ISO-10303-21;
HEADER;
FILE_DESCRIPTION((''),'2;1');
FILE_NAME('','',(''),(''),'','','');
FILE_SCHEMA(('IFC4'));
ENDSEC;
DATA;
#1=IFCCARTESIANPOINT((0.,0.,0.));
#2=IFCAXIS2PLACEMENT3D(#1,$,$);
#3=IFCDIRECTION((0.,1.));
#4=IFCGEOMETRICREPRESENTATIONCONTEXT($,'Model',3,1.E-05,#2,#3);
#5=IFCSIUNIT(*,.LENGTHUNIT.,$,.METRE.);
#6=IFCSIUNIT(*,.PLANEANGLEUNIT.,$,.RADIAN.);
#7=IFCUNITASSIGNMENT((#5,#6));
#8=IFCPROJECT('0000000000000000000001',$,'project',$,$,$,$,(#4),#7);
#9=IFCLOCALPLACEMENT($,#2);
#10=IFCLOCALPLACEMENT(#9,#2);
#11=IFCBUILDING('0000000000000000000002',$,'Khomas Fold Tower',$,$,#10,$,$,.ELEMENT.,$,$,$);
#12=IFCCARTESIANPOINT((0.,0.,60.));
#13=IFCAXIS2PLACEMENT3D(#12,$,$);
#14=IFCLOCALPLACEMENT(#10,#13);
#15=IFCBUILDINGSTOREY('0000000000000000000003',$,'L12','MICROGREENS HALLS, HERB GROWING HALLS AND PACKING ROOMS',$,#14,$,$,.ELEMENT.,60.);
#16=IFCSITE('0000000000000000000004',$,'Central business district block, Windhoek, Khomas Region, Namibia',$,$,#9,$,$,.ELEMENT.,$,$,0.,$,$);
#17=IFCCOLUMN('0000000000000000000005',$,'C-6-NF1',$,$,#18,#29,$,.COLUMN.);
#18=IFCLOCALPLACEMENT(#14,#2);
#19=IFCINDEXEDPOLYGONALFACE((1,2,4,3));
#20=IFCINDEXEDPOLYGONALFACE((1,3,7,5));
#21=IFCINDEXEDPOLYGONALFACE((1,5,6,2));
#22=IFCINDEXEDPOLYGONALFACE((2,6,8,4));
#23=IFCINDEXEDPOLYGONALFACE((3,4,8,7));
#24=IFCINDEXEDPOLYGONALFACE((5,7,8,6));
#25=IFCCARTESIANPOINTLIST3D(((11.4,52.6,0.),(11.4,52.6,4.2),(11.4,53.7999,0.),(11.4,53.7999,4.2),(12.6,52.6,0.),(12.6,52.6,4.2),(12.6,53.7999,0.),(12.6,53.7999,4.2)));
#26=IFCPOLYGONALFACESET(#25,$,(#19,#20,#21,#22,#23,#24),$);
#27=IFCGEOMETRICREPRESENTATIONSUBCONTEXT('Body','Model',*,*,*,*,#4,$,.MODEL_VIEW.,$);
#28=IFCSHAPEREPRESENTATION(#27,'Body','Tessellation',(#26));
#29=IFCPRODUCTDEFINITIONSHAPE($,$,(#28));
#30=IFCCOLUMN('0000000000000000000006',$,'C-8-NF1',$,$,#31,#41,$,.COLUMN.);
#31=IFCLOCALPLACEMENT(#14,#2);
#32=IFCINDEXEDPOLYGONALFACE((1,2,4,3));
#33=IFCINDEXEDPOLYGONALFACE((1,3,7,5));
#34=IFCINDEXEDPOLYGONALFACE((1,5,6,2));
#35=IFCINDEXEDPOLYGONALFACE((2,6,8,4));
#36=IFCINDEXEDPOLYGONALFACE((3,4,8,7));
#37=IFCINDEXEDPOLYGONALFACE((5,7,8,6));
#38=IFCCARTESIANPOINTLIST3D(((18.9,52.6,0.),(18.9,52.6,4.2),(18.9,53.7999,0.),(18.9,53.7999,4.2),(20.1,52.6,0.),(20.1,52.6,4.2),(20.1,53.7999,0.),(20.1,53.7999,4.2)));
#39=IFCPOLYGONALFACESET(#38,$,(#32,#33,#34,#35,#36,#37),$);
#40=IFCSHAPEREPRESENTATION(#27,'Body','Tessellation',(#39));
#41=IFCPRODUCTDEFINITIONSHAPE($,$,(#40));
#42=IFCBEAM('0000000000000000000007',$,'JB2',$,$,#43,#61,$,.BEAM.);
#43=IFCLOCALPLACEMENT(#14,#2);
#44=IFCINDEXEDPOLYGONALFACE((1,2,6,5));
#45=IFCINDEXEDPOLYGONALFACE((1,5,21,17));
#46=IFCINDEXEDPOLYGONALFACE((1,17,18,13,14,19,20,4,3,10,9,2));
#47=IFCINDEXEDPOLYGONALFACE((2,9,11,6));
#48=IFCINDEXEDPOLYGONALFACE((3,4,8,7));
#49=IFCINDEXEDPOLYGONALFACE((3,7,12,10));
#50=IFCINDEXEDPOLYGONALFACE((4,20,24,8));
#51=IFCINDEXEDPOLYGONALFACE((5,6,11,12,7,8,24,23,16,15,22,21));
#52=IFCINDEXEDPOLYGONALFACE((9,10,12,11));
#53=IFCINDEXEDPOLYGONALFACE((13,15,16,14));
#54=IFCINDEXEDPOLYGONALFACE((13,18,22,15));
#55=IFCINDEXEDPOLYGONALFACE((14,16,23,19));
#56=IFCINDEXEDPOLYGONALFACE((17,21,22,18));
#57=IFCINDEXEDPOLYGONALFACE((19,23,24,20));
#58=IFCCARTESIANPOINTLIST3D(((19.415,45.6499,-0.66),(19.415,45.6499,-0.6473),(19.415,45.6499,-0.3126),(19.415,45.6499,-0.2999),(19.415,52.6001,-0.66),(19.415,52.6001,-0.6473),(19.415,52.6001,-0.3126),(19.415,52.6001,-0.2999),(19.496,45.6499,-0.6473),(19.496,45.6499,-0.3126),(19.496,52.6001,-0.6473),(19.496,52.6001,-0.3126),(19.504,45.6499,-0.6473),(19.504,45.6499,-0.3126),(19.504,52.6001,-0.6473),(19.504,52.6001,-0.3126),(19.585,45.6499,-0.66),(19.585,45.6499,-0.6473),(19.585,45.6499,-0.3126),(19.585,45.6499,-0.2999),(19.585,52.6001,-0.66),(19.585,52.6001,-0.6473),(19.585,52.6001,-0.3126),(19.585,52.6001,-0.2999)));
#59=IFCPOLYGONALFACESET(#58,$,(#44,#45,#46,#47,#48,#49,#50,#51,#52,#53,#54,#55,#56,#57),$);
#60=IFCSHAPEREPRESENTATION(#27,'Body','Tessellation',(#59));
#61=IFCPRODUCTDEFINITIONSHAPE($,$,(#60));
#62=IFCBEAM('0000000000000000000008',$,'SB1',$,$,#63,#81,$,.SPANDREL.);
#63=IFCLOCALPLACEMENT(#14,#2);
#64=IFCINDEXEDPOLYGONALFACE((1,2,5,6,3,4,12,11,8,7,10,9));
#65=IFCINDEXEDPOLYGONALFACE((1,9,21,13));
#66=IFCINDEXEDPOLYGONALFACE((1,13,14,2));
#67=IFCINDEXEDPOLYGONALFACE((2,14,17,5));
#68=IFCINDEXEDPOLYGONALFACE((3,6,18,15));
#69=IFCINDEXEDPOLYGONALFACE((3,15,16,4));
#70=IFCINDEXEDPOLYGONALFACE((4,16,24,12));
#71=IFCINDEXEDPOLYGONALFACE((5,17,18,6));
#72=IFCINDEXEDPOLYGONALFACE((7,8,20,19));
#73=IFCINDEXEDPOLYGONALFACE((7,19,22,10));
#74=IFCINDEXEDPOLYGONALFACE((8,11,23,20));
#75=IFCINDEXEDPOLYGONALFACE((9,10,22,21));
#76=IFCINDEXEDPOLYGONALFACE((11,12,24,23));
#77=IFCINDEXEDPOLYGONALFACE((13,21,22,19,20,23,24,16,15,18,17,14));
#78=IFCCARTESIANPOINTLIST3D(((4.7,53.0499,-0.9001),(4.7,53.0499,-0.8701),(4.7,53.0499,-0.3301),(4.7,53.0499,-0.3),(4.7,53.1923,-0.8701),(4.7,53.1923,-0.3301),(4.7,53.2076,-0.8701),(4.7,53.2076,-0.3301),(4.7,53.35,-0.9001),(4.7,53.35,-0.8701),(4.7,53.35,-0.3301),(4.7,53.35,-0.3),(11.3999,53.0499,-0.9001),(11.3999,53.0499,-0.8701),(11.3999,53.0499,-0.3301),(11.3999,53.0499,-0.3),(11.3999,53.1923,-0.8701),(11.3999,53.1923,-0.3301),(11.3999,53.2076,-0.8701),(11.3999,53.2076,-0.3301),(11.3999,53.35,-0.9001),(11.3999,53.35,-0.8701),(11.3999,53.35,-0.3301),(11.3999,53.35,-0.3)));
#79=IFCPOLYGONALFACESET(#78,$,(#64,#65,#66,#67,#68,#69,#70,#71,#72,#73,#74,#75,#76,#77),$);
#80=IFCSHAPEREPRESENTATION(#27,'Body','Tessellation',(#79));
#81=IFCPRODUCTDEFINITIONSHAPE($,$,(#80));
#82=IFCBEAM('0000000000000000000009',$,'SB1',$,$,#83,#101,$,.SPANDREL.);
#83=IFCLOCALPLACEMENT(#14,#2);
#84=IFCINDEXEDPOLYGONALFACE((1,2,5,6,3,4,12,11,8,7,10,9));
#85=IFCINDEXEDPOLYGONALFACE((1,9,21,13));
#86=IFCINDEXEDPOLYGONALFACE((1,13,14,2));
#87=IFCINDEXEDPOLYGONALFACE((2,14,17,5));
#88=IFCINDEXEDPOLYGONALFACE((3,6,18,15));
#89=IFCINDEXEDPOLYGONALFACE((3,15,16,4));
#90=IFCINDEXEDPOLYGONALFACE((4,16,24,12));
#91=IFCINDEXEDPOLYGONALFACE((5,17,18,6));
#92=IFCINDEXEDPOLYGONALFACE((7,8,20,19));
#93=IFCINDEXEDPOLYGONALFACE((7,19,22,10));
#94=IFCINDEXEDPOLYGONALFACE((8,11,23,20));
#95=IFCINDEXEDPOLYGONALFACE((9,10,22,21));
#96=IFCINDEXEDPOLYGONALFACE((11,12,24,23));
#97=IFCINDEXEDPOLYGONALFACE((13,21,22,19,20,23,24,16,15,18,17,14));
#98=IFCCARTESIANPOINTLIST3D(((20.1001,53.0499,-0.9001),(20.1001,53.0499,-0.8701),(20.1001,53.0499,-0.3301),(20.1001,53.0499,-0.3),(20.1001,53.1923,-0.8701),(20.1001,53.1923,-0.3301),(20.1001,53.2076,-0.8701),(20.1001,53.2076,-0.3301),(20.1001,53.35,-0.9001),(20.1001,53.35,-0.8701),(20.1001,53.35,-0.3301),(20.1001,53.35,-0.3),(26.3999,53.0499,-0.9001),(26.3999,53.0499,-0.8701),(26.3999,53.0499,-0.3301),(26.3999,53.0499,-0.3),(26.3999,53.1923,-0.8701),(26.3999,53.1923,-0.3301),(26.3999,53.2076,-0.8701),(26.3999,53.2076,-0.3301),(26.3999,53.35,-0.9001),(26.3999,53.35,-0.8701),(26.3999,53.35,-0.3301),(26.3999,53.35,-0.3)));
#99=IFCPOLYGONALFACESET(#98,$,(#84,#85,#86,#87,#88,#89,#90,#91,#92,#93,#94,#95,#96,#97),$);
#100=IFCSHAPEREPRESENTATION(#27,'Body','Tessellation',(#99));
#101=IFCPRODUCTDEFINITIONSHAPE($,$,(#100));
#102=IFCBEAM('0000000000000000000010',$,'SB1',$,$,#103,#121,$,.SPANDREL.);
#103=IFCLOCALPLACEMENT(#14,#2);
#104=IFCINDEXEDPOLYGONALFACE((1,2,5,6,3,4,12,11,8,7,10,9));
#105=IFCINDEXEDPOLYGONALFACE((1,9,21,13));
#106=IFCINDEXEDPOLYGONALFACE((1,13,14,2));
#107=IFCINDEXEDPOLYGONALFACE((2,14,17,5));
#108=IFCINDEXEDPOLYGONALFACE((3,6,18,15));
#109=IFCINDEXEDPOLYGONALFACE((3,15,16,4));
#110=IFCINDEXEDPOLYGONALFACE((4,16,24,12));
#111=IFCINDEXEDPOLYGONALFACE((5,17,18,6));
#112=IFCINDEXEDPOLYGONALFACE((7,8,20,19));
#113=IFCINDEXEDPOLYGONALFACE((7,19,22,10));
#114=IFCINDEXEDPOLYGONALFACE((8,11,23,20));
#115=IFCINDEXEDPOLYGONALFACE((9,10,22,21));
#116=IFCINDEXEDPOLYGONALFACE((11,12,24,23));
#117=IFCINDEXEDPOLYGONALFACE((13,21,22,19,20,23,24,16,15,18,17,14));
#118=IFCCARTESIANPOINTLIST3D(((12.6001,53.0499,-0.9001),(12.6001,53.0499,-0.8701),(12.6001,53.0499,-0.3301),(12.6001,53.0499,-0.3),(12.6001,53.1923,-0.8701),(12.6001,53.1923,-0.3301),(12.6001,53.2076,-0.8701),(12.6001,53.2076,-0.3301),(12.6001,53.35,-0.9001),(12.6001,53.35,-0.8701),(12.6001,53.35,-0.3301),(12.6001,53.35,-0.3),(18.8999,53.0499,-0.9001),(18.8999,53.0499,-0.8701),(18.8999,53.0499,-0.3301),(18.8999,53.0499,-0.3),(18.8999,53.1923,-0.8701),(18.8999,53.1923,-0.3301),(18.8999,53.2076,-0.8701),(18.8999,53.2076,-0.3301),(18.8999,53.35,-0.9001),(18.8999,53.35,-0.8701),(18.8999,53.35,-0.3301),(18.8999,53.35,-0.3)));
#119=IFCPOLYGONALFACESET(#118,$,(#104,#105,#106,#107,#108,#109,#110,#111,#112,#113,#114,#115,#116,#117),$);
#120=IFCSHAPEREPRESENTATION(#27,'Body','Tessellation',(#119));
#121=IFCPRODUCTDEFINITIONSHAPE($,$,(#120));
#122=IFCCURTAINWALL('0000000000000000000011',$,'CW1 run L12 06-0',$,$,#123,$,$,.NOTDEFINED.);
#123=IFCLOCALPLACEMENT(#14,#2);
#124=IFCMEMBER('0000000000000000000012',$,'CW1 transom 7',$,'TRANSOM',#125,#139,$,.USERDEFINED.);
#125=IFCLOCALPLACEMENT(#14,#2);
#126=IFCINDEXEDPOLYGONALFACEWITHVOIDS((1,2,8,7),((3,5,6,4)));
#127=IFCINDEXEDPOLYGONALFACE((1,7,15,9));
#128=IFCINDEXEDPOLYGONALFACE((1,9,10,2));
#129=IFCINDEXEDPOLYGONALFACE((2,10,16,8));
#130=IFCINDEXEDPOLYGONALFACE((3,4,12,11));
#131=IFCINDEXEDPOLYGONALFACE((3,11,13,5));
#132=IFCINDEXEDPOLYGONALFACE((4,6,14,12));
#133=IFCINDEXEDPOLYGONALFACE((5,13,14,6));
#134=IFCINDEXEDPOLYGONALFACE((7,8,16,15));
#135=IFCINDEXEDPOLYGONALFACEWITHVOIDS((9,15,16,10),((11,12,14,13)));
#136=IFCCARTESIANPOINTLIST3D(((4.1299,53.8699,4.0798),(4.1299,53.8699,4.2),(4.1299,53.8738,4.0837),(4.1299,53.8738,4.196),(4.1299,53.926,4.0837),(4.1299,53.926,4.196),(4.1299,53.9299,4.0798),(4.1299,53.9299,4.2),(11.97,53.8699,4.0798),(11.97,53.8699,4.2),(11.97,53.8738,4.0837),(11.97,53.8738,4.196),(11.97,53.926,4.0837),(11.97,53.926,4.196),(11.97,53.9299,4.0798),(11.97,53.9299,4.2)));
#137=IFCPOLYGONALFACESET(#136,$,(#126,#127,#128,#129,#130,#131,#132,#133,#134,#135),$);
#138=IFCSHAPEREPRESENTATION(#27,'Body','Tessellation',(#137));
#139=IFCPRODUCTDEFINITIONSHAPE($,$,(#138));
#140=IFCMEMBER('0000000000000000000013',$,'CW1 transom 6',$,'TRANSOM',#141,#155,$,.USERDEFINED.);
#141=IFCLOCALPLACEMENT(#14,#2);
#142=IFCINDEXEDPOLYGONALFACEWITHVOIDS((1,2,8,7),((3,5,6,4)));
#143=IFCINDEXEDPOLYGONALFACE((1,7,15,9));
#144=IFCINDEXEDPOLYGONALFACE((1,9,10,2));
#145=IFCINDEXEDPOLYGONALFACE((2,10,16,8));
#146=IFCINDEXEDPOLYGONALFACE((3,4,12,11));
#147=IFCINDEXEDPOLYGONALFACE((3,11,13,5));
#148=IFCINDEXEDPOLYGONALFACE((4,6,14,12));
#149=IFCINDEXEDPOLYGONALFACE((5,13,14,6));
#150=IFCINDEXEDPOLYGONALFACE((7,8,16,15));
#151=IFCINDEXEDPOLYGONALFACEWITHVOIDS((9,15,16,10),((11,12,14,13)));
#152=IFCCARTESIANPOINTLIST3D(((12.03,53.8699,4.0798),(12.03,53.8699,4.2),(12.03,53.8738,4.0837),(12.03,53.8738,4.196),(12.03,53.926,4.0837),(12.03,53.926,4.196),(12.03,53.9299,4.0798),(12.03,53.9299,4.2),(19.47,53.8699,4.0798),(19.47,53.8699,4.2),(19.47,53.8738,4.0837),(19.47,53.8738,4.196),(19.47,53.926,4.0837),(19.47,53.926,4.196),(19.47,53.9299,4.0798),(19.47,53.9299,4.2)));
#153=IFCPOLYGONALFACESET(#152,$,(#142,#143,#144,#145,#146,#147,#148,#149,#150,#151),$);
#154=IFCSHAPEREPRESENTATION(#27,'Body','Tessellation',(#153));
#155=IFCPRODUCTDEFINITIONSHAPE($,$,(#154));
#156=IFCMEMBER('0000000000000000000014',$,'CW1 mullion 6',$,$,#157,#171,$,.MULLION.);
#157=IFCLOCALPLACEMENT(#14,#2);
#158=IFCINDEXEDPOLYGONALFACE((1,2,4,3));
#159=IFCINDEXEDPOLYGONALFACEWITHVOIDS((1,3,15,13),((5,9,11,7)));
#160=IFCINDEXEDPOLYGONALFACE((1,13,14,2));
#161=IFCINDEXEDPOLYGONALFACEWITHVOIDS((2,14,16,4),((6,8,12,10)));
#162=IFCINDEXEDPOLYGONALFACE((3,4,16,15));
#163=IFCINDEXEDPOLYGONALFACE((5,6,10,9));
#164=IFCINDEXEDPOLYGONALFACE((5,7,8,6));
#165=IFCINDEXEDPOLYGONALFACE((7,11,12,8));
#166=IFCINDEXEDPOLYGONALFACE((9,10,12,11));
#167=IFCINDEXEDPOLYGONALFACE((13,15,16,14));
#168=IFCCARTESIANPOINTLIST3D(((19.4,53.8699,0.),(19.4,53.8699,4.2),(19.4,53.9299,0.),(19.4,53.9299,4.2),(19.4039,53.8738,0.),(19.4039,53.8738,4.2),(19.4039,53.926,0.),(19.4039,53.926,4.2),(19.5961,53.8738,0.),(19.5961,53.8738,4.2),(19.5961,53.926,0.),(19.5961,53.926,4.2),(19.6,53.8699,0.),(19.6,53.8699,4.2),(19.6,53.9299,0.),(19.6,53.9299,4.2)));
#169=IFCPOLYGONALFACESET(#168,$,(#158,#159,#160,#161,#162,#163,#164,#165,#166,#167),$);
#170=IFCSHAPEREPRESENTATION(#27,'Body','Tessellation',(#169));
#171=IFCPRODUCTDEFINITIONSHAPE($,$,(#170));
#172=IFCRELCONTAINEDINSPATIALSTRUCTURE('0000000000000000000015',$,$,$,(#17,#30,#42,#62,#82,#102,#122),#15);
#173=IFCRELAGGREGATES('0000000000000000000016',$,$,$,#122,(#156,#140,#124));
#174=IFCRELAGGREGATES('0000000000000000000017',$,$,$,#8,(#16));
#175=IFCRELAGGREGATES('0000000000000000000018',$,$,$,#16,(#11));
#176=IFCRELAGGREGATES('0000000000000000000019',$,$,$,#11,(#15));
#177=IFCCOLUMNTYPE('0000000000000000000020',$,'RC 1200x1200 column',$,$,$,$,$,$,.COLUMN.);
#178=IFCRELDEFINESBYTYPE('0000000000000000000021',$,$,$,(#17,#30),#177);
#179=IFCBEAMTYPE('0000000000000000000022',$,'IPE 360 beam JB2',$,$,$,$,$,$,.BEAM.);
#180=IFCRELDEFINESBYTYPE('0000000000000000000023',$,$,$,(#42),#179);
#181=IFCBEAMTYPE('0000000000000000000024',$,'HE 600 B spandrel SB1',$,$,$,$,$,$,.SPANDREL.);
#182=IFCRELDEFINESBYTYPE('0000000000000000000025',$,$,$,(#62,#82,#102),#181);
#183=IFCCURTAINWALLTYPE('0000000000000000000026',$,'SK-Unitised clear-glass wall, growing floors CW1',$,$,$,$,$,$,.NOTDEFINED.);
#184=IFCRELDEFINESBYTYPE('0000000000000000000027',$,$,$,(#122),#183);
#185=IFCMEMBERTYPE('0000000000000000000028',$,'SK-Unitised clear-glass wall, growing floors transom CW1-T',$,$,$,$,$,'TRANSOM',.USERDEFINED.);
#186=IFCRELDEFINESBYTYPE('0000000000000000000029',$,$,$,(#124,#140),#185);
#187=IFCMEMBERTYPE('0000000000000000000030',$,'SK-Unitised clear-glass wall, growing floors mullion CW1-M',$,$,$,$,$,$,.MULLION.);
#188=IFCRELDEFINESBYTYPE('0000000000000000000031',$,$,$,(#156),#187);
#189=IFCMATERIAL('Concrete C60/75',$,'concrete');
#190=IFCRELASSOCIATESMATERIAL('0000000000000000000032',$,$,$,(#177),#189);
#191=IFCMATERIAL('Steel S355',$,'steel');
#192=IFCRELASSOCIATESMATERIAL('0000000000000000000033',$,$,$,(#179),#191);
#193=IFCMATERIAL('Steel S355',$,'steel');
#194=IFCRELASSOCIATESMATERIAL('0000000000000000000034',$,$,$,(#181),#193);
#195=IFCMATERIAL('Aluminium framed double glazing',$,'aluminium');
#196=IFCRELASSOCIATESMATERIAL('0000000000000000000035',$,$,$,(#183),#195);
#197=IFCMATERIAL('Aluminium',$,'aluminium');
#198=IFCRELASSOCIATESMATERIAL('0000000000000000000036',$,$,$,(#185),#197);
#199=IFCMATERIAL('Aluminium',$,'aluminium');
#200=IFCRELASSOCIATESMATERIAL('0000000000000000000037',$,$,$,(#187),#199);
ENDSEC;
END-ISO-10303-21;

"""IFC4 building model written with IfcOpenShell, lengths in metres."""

from ifc_helpers import new_model, si_unit, direction, frame, origin, origin_2d, place, context, subcontext, project, spatial, rectangle, hollow_rectangle, i_section, extrude, source, transform, mapped, material, material_profile, profile_set, type_object, element, aggregate, save


model = new_model("IFC4")

# Units and contexts
model_context = context("Model", 3, precision=1e-05, world=origin(), true_north=direction((0.0, 1.0)))
body_context = subcontext(model_context, "Body", "Model", "MODEL_VIEW")
ifc_project = project(units=[si_unit("LENGTHUNIT", "METRE"), si_unit("PLANEANGLEUNIT", "RADIAN")], contexts=[model_context])

# Site, building, storey
site_placement = place(None, origin())
site = spatial("IfcSite", under=ifc_project, at=site_placement, Name="Central business district block, Windhoek, Khomas Region, Namibia", CompositionType="ELEMENT", RefElevation=0.0)
building_placement = place(site_placement, origin())
building = spatial("IfcBuilding", under=site, at=building_placement, Name="Khomas Fold Tower", CompositionType="ELEMENT")
storey_placement = place(building_placement, frame((0.0, 0.0, 60.0)))
storey = spatial("IfcBuildingStorey", under=building, at=storey_placement, Name="L12", Description="MICROGREENS HALLS, HERB GROWING HALLS AND PACKING ROOMS", CompositionType="ELEMENT", Elevation=60.0)

# Columns
ifc_material_1 = material(Name="Concrete C60/75", Category="concrete")
ifc_material_profile_1 = material_profile(ifc_material_1, rectangle(XDim=1.2, YDim=1.2, at=origin_2d()), Name="RC 1200x1200")
ifc_profile_set_1 = profile_set([ifc_material_profile_1], Name="Concrete C60/75")
column_type = type_object("IfcColumnType", Name="RC 1200x1200 column", PredefinedType="COLUMN", material=ifc_profile_set_1)
shared_shape_1 = source(origin(), body_context, "Body", "SweptSolid", [
    extrude(rectangle(XDim=1.2, YDim=1.2, at=origin_2d()), origin(), (0.0, 0.0, 1.0), 4.2),
])
for number, where, z_axis, x_axis, name in (
    (1, (12.0, 53.2, 0.0), (0.0, 0.0, 1.0), (1.0, 0.0, 0.0), "C-6-NF1"),
    (2, (19.5, 53.2, 0.0), (0.0, 0.0, 1.0), (1.0, 0.0, 0.0), "C-8-NF1"),
):
    element("IfcColumn", number, at=place(storey_placement, frame(where, z_axis=z_axis, x_axis=x_axis)), inside=storey, type_object=column_type, Name=name, PredefinedType="COLUMN", context=body_context, shape_type="MappedRepresentation", body=[
        mapped(shared_shape_1, transform((0.0, 0.0, 0.0))),
    ])

# Beams
ifc_material_2 = material(Name="Steel S355", Category="steel")
ifc_material_profile_2 = material_profile(ifc_material_2, i_section(OverallWidth=0.1699, OverallDepth=0.3601, WebThickness=0.0081, FlangeThickness=0.0127, at=origin_2d()), Name="IPE 360")
ifc_profile_set_2 = profile_set([ifc_material_profile_2], Name="Steel S355")
beam_type_1 = type_object("IfcBeamType", Name="IPE 360 beam JB2", PredefinedType="BEAM", material=ifc_profile_set_2)
shared_shape_2 = source(origin(), body_context, "Body", "SweptSolid", [
    extrude(i_section(OverallWidth=0.1699, OverallDepth=0.3601, WebThickness=0.0081, FlangeThickness=0.0127, at=origin_2d()), origin(), (0.0, 0.0, 1.0), 6.9502),
])
beam_1_placement = place(storey_placement, frame((19.5, 45.6499, -0.48), z_axis=(0.0, 1.0, 0.0), x_axis=(-1.0, 0.0, 0.0)))
element("IfcBeam", 3, at=beam_1_placement, inside=storey, type_object=beam_type_1, Name="JB2", PredefinedType="BEAM", context=body_context, shape_type="MappedRepresentation", body=[
    mapped(shared_shape_2, transform((0.0, 0.0, 0.0))),
])
ifc_material_3 = material(Name="Steel S355", Category="steel")
ifc_material_profile_3 = material_profile(ifc_material_3, i_section(OverallWidth=0.3, OverallDepth=0.6001, WebThickness=0.0154, FlangeThickness=0.03, at=origin_2d()), Name="HE 600 B")
ifc_profile_set_3 = profile_set([ifc_material_profile_3], Name="Steel S355")
beam_type_2 = type_object("IfcBeamType", Name="HE 600 B spandrel SB1", PredefinedType="SPANDREL", material=ifc_profile_set_3)
shared_shape_3 = source(origin(), body_context, "Body", "SweptSolid", [
    extrude(i_section(OverallWidth=0.3, OverallDepth=0.6001, WebThickness=0.0154, FlangeThickness=0.03, at=origin_2d()), origin(), (0.0, 0.0, 1.0), 6.7),
])
beam_2_placement = place(storey_placement, frame((4.7, 53.2, -0.6001), z_axis=(1.0, 0.0, 0.0), x_axis=(0.0, 1.0, 0.0)))
element("IfcBeam", 4, at=beam_2_placement, inside=storey, type_object=beam_type_2, Name="SB1", PredefinedType="SPANDREL", context=body_context, shape_type="MappedRepresentation", body=[
    mapped(shared_shape_3, transform((0.0, 0.0, 0.0))),
])
shared_shape_4 = source(origin(), body_context, "Body", "SweptSolid", [
    extrude(i_section(OverallWidth=0.3, OverallDepth=0.6001, WebThickness=0.0154, FlangeThickness=0.03, at=origin_2d()), origin(), (0.0, 0.0, 1.0), 6.2998),
])
for number, where, z_axis, x_axis, name in (
    (5, (20.1001, 53.2, -0.6001), (1.0, 0.0, 0.0), (0.0, 1.0, 0.0), "SB1"),
    (6, (12.6001, 53.2, -0.6001), (1.0, 0.0, 0.0), (0.0, 1.0, 0.0), "SB1"),
):
    element("IfcBeam", number, at=place(storey_placement, frame(where, z_axis=z_axis, x_axis=x_axis)), inside=storey, type_object=beam_type_2, Name=name, PredefinedType="SPANDREL", context=body_context, shape_type="MappedRepresentation", body=[
        mapped(shared_shape_4, transform((0.0, 0.0, 0.0))),
    ])

# Curtain wall, members
ifc_material_4 = material(Name="Aluminium framed double glazing", Category="aluminium")
curtain_wall_type = type_object("IfcCurtainWallType", Name="SK-Unitised clear-glass wall, growing floors CW1", PredefinedType="NOTDEFINED", material=ifc_material_4)
curtain_wall_placement = place(storey_placement, origin())
curtain_wall = element("IfcCurtainWall", 7, at=curtain_wall_placement, inside=storey, type_object=curtain_wall_type, Name="CW1 run L12 06-0", PredefinedType="NOTDEFINED")
ifc_material_5 = material(Name="Aluminium", Category="aluminium")
ifc_material_profile_4 = material_profile(ifc_material_5, hollow_rectangle(XDim=0.0601, YDim=0.1201, WallThickness=0.0039, at=origin_2d()), Name="SK-Unitised clear-glass wall, growing floors transom CW1-T")
ifc_profile_set_4 = profile_set([ifc_material_profile_4], Name="Aluminium")
member_type_1 = type_object("IfcMemberType", Name="SK-Unitised clear-glass wall, growing floors transom CW1-T", ElementType="TRANSOM", PredefinedType="USERDEFINED", material=ifc_profile_set_4)
shared_shape_5 = source(origin(), body_context, "Body", "SweptSolid", [
    extrude(hollow_rectangle(XDim=0.0601, YDim=0.1201, WallThickness=0.0039, at=origin_2d()), origin(), (0.0, 0.0, 1.0), 7.8401),
])
member_1_placement = place(storey_placement, frame((11.97, 53.8999, 4.1399), z_axis=(-1.0, 0.0, 0.0), x_axis=(0.0, -1.0, 0.0)))
member_1 = element("IfcMember", 8, at=member_1_placement, type_object=member_type_1, Name="CW1 transom 7", ObjectType="TRANSOM", PredefinedType="USERDEFINED", context=body_context, shape_type="MappedRepresentation", body=[
    mapped(shared_shape_5, transform((0.0, 0.0, 0.0))),
])
shared_shape_6 = source(origin(), body_context, "Body", "SweptSolid", [
    extrude(hollow_rectangle(XDim=0.0601, YDim=0.1201, WallThickness=0.0039, at=origin_2d()), origin(), (0.0, 0.0, 1.0), 7.4399),
])
member_2_placement = place(storey_placement, frame((19.47, 53.8999, 4.1399), z_axis=(-1.0, 0.0, 0.0), x_axis=(0.0, -1.0, 0.0)))
member_2 = element("IfcMember", 9, at=member_2_placement, type_object=member_type_1, Name="CW1 transom 6", ObjectType="TRANSOM", PredefinedType="USERDEFINED", context=body_context, shape_type="MappedRepresentation", body=[
    mapped(shared_shape_6, transform((0.0, 0.0, 0.0))),
])
ifc_material_6 = material(Name="Aluminium", Category="aluminium")
ifc_material_profile_5 = material_profile(ifc_material_6, hollow_rectangle(XDim=0.0601, YDim=0.2, WallThickness=0.0039, at=origin_2d()), Name="SK-Unitised clear-glass wall, growing floors mullion CW1-M")
ifc_profile_set_5 = profile_set([ifc_material_profile_5], Name="Aluminium")
member_type_2 = type_object("IfcMemberType", Name="SK-Unitised clear-glass wall, growing floors mullion CW1-M", PredefinedType="MULLION", material=ifc_profile_set_5)
shared_shape_7 = source(origin(), body_context, "Body", "SweptSolid", [
    extrude(hollow_rectangle(XDim=0.0601, YDim=0.2, WallThickness=0.0039, at=origin_2d()), origin(), (0.0, 0.0, 1.0), 4.2),
])
member_3_placement = place(storey_placement, frame((19.5, 53.8999, 0.0), z_axis=(0.0, 0.0, 1.0), x_axis=(0.0, -1.0, 0.0)))
member_3 = element("IfcMember", 10, at=member_3_placement, type_object=member_type_2, Name="CW1 mullion 6", PredefinedType="MULLION", context=body_context, shape_type="MappedRepresentation", body=[
    mapped(shared_shape_7, transform((0.0, 0.0, 0.0))),
])

aggregate(curtain_wall, [member_3, member_2, member_1])

save(model, "model.ifc")
